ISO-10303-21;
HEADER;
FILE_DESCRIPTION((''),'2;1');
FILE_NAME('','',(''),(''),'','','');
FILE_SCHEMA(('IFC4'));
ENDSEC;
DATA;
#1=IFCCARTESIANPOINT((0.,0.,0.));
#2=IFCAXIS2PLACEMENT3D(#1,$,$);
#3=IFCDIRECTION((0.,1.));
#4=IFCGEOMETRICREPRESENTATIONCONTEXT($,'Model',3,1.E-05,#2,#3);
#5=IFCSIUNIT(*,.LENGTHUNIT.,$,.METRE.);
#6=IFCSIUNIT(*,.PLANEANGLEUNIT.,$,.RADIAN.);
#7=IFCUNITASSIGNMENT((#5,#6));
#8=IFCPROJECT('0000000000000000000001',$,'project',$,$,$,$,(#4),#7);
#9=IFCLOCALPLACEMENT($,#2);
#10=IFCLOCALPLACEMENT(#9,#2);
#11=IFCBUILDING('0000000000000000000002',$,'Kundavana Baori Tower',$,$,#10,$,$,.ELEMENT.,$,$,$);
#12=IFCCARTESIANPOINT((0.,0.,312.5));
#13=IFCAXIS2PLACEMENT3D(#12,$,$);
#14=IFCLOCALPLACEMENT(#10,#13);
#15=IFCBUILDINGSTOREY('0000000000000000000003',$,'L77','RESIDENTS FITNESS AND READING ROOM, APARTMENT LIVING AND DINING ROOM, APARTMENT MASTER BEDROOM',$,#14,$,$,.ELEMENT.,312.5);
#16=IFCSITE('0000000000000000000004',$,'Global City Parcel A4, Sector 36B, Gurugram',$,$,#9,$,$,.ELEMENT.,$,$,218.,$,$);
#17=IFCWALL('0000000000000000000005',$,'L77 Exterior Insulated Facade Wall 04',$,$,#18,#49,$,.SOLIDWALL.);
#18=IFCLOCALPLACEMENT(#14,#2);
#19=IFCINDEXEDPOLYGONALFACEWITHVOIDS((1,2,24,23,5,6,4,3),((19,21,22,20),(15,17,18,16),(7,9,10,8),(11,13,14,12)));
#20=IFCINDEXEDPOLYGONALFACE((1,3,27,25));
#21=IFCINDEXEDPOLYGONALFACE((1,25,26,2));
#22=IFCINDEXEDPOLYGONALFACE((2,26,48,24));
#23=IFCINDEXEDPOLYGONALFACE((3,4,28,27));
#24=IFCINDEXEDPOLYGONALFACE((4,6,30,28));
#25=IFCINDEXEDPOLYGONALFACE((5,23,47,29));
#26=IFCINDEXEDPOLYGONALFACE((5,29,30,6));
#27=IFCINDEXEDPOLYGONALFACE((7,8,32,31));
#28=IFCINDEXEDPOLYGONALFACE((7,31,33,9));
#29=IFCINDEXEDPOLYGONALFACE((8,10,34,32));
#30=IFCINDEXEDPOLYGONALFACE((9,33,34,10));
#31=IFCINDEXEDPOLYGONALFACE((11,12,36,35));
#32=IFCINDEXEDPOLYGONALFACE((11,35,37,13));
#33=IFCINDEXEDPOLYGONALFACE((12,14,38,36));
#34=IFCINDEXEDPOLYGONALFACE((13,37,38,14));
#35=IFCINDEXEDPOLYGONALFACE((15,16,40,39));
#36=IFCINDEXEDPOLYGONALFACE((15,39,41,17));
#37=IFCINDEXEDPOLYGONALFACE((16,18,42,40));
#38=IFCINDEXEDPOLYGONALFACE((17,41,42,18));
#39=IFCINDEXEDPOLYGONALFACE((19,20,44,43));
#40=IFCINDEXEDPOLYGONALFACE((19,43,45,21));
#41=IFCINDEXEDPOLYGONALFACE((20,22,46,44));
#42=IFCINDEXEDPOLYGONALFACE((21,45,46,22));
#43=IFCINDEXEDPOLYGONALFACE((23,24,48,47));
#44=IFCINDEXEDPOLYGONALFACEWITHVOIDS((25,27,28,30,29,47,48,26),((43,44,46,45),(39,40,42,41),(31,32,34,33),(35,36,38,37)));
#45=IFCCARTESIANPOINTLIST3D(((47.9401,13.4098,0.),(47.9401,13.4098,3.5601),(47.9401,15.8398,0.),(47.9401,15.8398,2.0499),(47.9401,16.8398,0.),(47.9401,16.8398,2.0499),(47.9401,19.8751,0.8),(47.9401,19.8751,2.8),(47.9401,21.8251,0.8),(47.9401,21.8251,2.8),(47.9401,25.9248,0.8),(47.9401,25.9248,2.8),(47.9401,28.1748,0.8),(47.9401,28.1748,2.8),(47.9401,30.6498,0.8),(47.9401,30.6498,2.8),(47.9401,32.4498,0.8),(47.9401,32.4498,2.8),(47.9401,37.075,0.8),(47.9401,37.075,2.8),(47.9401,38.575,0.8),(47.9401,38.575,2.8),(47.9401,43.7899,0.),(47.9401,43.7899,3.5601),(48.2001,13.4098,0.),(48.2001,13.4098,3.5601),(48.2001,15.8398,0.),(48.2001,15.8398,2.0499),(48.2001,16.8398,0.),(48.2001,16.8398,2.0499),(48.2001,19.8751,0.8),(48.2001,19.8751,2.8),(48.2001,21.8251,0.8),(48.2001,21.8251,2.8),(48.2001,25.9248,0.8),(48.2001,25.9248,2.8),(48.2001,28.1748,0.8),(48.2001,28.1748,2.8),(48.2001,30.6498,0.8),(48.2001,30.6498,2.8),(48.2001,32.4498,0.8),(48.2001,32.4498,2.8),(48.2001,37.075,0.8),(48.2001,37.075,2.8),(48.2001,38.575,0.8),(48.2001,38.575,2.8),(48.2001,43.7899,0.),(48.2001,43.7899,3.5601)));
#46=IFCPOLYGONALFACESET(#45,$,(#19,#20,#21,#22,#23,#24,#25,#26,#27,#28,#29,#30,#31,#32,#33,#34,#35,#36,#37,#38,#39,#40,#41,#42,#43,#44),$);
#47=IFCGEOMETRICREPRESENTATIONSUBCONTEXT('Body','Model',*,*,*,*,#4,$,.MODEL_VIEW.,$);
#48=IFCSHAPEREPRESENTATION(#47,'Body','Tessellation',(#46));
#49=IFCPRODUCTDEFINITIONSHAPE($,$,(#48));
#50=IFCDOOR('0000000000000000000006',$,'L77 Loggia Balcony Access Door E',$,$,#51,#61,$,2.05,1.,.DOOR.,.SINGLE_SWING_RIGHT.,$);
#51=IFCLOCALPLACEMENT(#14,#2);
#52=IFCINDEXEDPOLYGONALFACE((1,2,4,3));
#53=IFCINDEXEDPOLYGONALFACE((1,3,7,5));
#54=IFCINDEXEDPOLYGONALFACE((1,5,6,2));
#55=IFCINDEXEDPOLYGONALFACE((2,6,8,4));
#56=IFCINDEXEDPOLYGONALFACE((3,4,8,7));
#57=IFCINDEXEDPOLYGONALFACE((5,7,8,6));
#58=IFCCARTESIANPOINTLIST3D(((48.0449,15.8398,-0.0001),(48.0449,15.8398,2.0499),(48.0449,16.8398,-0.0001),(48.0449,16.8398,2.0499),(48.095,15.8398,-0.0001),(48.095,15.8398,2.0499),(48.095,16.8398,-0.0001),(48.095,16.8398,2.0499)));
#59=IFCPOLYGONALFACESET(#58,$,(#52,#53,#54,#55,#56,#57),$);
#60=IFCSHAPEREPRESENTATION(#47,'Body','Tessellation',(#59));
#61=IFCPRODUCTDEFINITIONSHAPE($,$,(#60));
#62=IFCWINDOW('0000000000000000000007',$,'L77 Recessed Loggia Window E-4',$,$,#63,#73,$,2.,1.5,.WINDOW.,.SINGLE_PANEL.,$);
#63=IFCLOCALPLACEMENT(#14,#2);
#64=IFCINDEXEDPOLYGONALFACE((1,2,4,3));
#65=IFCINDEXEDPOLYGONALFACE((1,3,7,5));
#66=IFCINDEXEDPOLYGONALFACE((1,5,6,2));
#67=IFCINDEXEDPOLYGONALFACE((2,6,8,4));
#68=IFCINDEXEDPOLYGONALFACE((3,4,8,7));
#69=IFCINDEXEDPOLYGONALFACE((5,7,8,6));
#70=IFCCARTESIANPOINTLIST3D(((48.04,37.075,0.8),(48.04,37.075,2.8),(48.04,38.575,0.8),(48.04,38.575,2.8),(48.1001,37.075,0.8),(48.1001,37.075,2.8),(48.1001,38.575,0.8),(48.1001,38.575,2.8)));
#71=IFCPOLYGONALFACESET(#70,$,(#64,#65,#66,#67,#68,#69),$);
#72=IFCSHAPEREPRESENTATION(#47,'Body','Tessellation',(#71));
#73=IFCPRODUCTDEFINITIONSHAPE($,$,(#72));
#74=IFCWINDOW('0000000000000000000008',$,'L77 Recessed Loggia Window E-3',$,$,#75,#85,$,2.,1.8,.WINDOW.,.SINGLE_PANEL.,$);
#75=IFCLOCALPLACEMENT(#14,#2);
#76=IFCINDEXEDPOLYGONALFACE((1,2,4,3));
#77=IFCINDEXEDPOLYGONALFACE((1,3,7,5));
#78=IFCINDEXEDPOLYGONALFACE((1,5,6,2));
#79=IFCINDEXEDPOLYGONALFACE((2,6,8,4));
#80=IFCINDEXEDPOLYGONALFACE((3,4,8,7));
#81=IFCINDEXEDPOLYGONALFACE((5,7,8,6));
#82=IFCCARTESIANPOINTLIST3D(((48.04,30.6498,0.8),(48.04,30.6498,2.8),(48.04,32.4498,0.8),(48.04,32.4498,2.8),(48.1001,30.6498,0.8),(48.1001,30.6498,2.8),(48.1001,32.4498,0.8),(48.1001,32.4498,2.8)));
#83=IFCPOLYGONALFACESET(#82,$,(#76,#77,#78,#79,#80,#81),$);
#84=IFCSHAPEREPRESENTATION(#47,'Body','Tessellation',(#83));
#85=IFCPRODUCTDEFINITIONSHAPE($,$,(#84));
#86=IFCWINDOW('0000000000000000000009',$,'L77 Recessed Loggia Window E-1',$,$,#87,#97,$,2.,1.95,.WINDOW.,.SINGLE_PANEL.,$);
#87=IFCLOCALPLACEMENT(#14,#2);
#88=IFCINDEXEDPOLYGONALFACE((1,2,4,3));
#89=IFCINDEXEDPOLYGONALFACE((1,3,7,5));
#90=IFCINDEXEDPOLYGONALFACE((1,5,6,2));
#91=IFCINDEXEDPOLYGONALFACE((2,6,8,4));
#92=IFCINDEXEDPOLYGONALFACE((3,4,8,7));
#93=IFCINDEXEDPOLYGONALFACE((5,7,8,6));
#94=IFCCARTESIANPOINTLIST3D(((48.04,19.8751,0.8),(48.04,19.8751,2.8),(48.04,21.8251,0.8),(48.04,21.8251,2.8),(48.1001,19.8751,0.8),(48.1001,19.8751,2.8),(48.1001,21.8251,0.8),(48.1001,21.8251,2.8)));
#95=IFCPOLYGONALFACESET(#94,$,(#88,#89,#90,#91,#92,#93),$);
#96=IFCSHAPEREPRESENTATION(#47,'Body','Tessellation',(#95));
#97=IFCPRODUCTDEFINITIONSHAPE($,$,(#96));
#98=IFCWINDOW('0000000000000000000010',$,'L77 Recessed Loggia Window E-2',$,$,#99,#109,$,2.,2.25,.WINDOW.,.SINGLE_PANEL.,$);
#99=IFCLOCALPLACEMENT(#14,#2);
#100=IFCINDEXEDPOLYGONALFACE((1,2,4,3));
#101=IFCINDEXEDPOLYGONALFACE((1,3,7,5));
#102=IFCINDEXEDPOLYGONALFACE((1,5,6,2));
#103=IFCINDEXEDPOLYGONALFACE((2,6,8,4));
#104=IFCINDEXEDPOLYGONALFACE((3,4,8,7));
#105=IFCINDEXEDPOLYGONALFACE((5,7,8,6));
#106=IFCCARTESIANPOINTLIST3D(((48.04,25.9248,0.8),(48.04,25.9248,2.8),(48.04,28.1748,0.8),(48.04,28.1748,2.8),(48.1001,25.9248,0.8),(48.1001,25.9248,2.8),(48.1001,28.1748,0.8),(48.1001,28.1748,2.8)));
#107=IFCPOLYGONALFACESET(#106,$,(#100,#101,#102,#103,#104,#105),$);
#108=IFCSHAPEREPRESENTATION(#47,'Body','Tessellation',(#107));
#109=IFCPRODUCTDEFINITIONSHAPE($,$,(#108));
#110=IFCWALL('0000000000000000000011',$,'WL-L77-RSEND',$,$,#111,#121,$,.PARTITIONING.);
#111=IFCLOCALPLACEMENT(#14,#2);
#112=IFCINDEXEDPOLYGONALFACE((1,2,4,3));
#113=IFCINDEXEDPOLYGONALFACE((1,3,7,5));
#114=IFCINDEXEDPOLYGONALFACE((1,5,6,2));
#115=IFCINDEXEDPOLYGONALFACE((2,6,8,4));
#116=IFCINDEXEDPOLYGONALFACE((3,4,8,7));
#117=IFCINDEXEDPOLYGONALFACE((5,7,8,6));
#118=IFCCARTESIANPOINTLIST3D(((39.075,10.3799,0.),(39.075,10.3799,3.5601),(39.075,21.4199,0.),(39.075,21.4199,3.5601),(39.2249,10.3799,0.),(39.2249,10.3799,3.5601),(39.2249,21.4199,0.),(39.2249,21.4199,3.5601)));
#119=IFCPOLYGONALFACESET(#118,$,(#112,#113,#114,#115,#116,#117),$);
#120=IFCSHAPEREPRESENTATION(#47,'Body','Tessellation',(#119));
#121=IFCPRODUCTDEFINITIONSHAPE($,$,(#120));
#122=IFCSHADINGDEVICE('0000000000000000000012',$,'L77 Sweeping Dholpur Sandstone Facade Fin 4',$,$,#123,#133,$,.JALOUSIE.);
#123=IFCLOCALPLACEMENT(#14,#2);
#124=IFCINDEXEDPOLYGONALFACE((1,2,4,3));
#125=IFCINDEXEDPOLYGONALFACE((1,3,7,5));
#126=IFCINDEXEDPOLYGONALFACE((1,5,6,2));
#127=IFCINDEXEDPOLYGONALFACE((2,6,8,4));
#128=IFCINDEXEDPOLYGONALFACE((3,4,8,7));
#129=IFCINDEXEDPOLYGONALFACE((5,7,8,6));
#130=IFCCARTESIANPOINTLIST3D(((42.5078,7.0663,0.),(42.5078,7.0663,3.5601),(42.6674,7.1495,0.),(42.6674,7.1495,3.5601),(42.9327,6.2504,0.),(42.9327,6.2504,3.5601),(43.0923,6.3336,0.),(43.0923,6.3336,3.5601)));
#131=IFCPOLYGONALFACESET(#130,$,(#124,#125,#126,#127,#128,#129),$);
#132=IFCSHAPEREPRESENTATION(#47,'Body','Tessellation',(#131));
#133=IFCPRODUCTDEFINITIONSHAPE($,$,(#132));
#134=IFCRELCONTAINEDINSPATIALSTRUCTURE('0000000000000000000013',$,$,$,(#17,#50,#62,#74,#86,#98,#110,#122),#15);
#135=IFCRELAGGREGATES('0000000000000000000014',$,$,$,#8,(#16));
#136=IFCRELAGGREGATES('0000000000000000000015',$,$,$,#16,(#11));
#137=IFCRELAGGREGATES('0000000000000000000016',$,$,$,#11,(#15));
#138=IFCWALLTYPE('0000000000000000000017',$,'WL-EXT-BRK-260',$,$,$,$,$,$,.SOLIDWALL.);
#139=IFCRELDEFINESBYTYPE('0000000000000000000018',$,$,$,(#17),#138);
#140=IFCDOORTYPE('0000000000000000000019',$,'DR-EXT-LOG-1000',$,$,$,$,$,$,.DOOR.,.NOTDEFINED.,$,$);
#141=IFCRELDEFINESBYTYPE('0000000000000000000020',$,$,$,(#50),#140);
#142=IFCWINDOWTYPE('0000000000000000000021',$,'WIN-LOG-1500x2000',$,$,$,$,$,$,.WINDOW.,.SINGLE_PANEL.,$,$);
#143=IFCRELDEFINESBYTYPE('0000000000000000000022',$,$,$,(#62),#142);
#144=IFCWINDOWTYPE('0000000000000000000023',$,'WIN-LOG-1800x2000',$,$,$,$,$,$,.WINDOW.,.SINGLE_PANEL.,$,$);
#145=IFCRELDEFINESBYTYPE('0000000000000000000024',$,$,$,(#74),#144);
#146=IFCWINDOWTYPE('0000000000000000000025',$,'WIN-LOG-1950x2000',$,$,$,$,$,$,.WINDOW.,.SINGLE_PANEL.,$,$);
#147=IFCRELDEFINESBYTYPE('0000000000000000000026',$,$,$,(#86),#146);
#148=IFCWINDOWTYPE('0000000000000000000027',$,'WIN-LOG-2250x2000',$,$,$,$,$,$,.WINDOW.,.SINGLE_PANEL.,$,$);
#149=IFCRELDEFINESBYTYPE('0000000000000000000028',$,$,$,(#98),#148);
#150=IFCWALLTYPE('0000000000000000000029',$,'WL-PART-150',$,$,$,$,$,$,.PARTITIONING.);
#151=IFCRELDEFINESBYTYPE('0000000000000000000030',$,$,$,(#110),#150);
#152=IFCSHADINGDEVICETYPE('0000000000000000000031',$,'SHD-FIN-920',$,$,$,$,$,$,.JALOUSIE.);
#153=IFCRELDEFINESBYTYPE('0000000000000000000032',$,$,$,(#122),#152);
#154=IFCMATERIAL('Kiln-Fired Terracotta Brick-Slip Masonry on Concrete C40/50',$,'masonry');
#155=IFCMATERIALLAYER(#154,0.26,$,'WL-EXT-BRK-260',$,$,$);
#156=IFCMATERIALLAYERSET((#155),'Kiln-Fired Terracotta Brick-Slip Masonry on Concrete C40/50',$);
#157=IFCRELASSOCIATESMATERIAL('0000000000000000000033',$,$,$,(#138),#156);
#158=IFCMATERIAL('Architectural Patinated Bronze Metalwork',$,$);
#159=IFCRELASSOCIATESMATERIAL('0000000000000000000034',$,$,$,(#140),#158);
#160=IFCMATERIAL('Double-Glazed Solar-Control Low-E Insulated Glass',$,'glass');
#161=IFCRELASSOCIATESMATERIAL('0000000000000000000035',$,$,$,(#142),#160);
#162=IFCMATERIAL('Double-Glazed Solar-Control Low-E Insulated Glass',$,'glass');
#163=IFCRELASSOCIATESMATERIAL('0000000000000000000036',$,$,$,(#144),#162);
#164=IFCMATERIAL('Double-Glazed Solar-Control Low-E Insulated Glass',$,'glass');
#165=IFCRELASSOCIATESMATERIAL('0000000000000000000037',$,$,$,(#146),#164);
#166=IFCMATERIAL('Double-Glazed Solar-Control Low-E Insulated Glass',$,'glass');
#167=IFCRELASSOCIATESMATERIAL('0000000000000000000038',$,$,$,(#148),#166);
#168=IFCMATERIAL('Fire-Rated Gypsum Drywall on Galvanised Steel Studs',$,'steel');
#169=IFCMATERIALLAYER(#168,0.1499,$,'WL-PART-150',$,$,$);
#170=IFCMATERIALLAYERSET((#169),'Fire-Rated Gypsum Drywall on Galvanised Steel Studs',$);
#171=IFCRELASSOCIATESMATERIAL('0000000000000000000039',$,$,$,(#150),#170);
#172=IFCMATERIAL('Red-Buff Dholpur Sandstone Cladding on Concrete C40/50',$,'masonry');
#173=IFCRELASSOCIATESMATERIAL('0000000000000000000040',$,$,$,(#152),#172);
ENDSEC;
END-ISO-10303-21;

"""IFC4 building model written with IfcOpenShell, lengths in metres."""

from ifc_helpers import new_model, si_unit, direction, frame, frame_2d, origin, origin_2d, place, context, subcontext, project, spatial, rectangle, extrude, material, layer, layer_set, type_object, element, fill, save


model = new_model("IFC4")

# Units and contexts
model_context = context("Model", 3, precision=1e-05, world=origin(), true_north=direction((0.0, 1.0)))
body_context = subcontext(model_context, "Body", "Model", "MODEL_VIEW")
ifc_project = project(units=[si_unit("LENGTHUNIT", "METRE"), si_unit("PLANEANGLEUNIT", "RADIAN")], contexts=[model_context])

# Site, building, storey
site_placement = place(None, origin())
site = spatial("IfcSite", under=ifc_project, at=site_placement, Name="Global City Parcel A4, Sector 36B, Gurugram", CompositionType="ELEMENT", RefElevation=218.0)
building_placement = place(site_placement, origin())
building = spatial("IfcBuilding", under=site, at=building_placement, Name="Kundavana Baori Tower", CompositionType="ELEMENT")
storey_placement = place(building_placement, frame((0.0, 0.0, 312.5)))
storey = spatial("IfcBuildingStorey", under=building, at=storey_placement, Name="L77", Description="RESIDENTS FITNESS AND READING ROOM, APARTMENT LIVING AND DINING ROOM, APARTMENT MASTER BEDROOM", CompositionType="ELEMENT", Elevation=312.5)

# Shared definitions
ifc_material_1 = material(Name="Kiln-Fired Terracotta Brick-Slip Masonry on Concrete C40/50", Category="masonry")
ifc_layer_1 = layer(ifc_material_1, 0.26, Name="WL-EXT-BRK-260")
ifc_layer_set_1 = layer_set([ifc_layer_1], Name="Kiln-Fired Terracotta Brick-Slip Masonry on Concrete C40/50")
wall_type_1 = type_object("IfcWallType", Name="WL-EXT-BRK-260", PredefinedType="SOLIDWALL", material=ifc_layer_set_1)

# Wall, openings, door, windows
wall_1_placement = place(storey_placement, frame((48.0701, 13.4099, 0.0), z_axis=(0.0, 0.0, 1.0), x_axis=(0.0, 1.0, 0.0)))
wall_1 = element("IfcWall", 1, at=wall_1_placement, inside=storey, type_object=wall_type_1, Name="L77 Exterior Insulated Facade Wall 04", PredefinedType="SOLIDWALL", context=body_context, shape_type="SweptSolid", body=[
    extrude(rectangle(XDim=30.3801, YDim=0.26, at=frame_2d((15.1899, 0.0))), origin(), (0.0, 0.0, 1.0), 3.5601),
])
opening_1_placement = place(wall_1_placement, frame((2.4299, 0.0, 0.0)))
opening_1 = element("IfcOpeningElement", 2, at=opening_1_placement, cuts=wall_1, PredefinedType="OPENING", context=body_context, shape_type="SweptSolid", body=[
    extrude(rectangle(XDim=1.0, YDim=2.05, at=frame_2d((0.5, 1.0249))), frame((0.0, 0.1401, 0.0), z_axis=(0.0, -1.0, 0.0), x_axis=(1.0, 0.0, 0.0)), (0.0, 0.0, 1.0), 0.28),
])
opening_2_placement = place(wall_1_placement, frame((6.4651, 0.0, 0.8)))
opening_2 = element("IfcOpeningElement", 3, at=opening_2_placement, cuts=wall_1, PredefinedType="OPENING", context=body_context, shape_type="SweptSolid", body=[
    extrude(rectangle(XDim=1.95, YDim=2.0, at=frame_2d((0.9751, 1.0))), frame((0.0, 0.1401, 0.0), z_axis=(0.0, -1.0, 0.0), x_axis=(1.0, 0.0, 0.0)), (0.0, 0.0, 1.0), 0.28),
])
opening_3_placement = place(wall_1_placement, frame((12.5149, 0.0, 0.8)))
opening_3 = element("IfcOpeningElement", 4, at=opening_3_placement, cuts=wall_1, PredefinedType="OPENING", context=body_context, shape_type="SweptSolid", body=[
    extrude(rectangle(XDim=2.25, YDim=2.0, at=frame_2d((1.125, 1.0))), frame((0.0, 0.1401, 0.0), z_axis=(0.0, -1.0, 0.0), x_axis=(1.0, 0.0, 0.0)), (0.0, 0.0, 1.0), 0.28),
])
opening_4_placement = place(wall_1_placement, frame((17.24, 0.0, 0.8)))
opening_4 = element("IfcOpeningElement", 5, at=opening_4_placement, cuts=wall_1, PredefinedType="OPENING", context=body_context, shape_type="SweptSolid", body=[
    extrude(rectangle(XDim=1.8, YDim=2.0, at=frame_2d((0.8999, 1.0))), frame((0.0, 0.1401, 0.0), z_axis=(0.0, -1.0, 0.0), x_axis=(1.0, 0.0, 0.0)), (0.0, 0.0, 1.0), 0.28),
])
opening_5_placement = place(wall_1_placement, frame((23.665, 0.0, 0.8)))
opening_5 = element("IfcOpeningElement", 6, at=opening_5_placement, cuts=wall_1, PredefinedType="OPENING", context=body_context, shape_type="SweptSolid", body=[
    extrude(rectangle(XDim=1.5, YDim=2.0, at=frame_2d((0.75, 1.0))), frame((0.0, 0.1401, 0.0), z_axis=(0.0, -1.0, 0.0), x_axis=(1.0, 0.0, 0.0)), (0.0, 0.0, 1.0), 0.28),
])
ifc_material_2 = material(Name="Architectural Patinated Bronze Metalwork")
door_type = type_object("IfcDoorType", Name="DR-EXT-LOG-1000", OperationType="NOTDEFINED", PredefinedType="DOOR", material=ifc_material_2)
door_placement = place(opening_1_placement, frame((1.0, 0.0, 0.0), z_axis=(0.0, 0.0, 1.0), x_axis=(-1.0, 0.0, 0.0)))
door = element("IfcDoor", 7, at=door_placement, inside=storey, type_object=door_type, Name="L77 Loggia Balcony Access Door E", OperationType="SINGLE_SWING_RIGHT", OverallHeight=2.05, OverallWidth=1.0, PredefinedType="DOOR", context=body_context, shape_type="SweptSolid", body=[
    extrude(rectangle(XDim=1.0, YDim=2.05, at=frame_2d((0.5, 1.0249))), frame((0.0, 0.0249, 0.0), z_axis=(0.0, -1.0, 0.0), x_axis=(1.0, 0.0, 0.0)), (0.0, 0.0, 1.0), 0.05),
])
fill(opening_1, door)
ifc_material_3 = material(Name="Double-Glazed Solar-Control Low-E Insulated Glass", Category="glass")
window_type_1 = type_object("IfcWindowType", Name="WIN-LOG-1500x2000", PartitioningType="SINGLE_PANEL", PredefinedType="WINDOW", material=ifc_material_3)
window_1_placement = place(opening_5_placement, origin())
window_1 = element("IfcWindow", 8, at=window_1_placement, inside=storey, type_object=window_type_1, Name="L77 Recessed Loggia Window E-4", OverallHeight=2.0, OverallWidth=1.5, PartitioningType="SINGLE_PANEL", PredefinedType="WINDOW", context=body_context, shape_type="SweptSolid", body=[
    extrude(rectangle(XDim=1.5, YDim=2.0, at=frame_2d((0.75, 1.0))), frame((0.0, 0.03, 0.0), z_axis=(0.0, -1.0, 0.0), x_axis=(1.0, 0.0, 0.0)), (0.0, 0.0, 1.0), 0.0601),
])
fill(opening_5, window_1)
ifc_material_4 = material(Name="Double-Glazed Solar-Control Low-E Insulated Glass", Category="glass")
window_type_2 = type_object("IfcWindowType", Name="WIN-LOG-1800x2000", PartitioningType="SINGLE_PANEL", PredefinedType="WINDOW", material=ifc_material_4)
window_2_placement = place(opening_4_placement, origin())
window_2 = element("IfcWindow", 9, at=window_2_placement, inside=storey, type_object=window_type_2, Name="L77 Recessed Loggia Window E-3", OverallHeight=2.0, OverallWidth=1.8, PartitioningType="SINGLE_PANEL", PredefinedType="WINDOW", context=body_context, shape_type="SweptSolid", body=[
    extrude(rectangle(XDim=1.8, YDim=2.0, at=frame_2d((0.8999, 1.0))), frame((0.0, 0.03, 0.0), z_axis=(0.0, -1.0, 0.0), x_axis=(1.0, 0.0, 0.0)), (0.0, 0.0, 1.0), 0.0601),
])
fill(opening_4, window_2)
ifc_material_5 = material(Name="Double-Glazed Solar-Control Low-E Insulated Glass", Category="glass")
window_type_3 = type_object("IfcWindowType", Name="WIN-LOG-1950x2000", PartitioningType="SINGLE_PANEL", PredefinedType="WINDOW", material=ifc_material_5)
window_3_placement = place(opening_2_placement, origin())
window_3 = element("IfcWindow", 10, at=window_3_placement, inside=storey, type_object=window_type_3, Name="L77 Recessed Loggia Window E-1", OverallHeight=2.0, OverallWidth=1.95, PartitioningType="SINGLE_PANEL", PredefinedType="WINDOW", context=body_context, shape_type="SweptSolid", body=[
    extrude(rectangle(XDim=1.95, YDim=2.0, at=frame_2d((0.9751, 1.0))), frame((0.0, 0.03, 0.0), z_axis=(0.0, -1.0, 0.0), x_axis=(1.0, 0.0, 0.0)), (0.0, 0.0, 1.0), 0.0601),
])
fill(opening_2, window_3)
ifc_material_6 = material(Name="Double-Glazed Solar-Control Low-E Insulated Glass", Category="glass")
window_type_4 = type_object("IfcWindowType", Name="WIN-LOG-2250x2000", PartitioningType="SINGLE_PANEL", PredefinedType="WINDOW", material=ifc_material_6)
window_4_placement = place(opening_3_placement, origin())
window_4 = element("IfcWindow", 11, at=window_4_placement, inside=storey, type_object=window_type_4, Name="L77 Recessed Loggia Window E-2", OverallHeight=2.0, OverallWidth=2.25, PartitioningType="SINGLE_PANEL", PredefinedType="WINDOW", context=body_context, shape_type="SweptSolid", body=[
    extrude(rectangle(XDim=2.25, YDim=2.0, at=frame_2d((1.125, 1.0))), frame((0.0, 0.03, 0.0), z_axis=(0.0, -1.0, 0.0), x_axis=(1.0, 0.0, 0.0)), (0.0, 0.0, 1.0), 0.0601),
])
fill(opening_3, window_4)

# Wall
ifc_material_7 = material(Name="Fire-Rated Gypsum Drywall on Galvanised Steel Studs", Category="steel")
ifc_layer_2 = layer(ifc_material_7, 0.1499, Name="WL-PART-150")
ifc_layer_set_2 = layer_set([ifc_layer_2], Name="Fire-Rated Gypsum Drywall on Galvanised Steel Studs")
wall_type_2 = type_object("IfcWallType", Name="WL-PART-150", PredefinedType="PARTITIONING", material=ifc_layer_set_2)
wall_2_placement = place(storey_placement, frame((39.1499, 10.3799, 0.0), z_axis=(0.0, 0.0, 1.0), x_axis=(0.0, 1.0, 0.0)))
element("IfcWall", 12, at=wall_2_placement, inside=storey, type_object=wall_type_2, Name="WL-L77-RSEND", PredefinedType="PARTITIONING", context=body_context, shape_type="SweptSolid", body=[
    extrude(rectangle(XDim=11.04, YDim=0.1499, at=frame_2d((5.52, 0.0))), origin(), (0.0, 0.0, 1.0), 3.5601),
])

# Shading device
ifc_material_8 = material(Name="Red-Buff Dholpur Sandstone Cladding on Concrete C40/50", Category="masonry")
shading_device_type = type_object("IfcShadingDeviceType", Name="SHD-FIN-920", PredefinedType="JALOUSIE", material=ifc_material_8)
shading_device_placement = place(storey_placement, frame((42.8, 6.7, 0.0), z_axis=(0.0, 0.0, 1.0), x_axis=(0.88693, 0.461903, 0.0)))
element("IfcShadingDevice", 13, at=shading_device_placement, inside=storey, type_object=shading_device_type, Name="L77 Sweeping Dholpur Sandstone Facade Fin 4", PredefinedType="JALOUSIE", context=body_context, shape_type="SweptSolid", body=[
    extrude(rectangle(XDim=0.1799, YDim=0.9199, at=origin_2d()), origin(), (0.0, 0.0, 1.0), 3.5601),
])

save(model, "model.ifc")
